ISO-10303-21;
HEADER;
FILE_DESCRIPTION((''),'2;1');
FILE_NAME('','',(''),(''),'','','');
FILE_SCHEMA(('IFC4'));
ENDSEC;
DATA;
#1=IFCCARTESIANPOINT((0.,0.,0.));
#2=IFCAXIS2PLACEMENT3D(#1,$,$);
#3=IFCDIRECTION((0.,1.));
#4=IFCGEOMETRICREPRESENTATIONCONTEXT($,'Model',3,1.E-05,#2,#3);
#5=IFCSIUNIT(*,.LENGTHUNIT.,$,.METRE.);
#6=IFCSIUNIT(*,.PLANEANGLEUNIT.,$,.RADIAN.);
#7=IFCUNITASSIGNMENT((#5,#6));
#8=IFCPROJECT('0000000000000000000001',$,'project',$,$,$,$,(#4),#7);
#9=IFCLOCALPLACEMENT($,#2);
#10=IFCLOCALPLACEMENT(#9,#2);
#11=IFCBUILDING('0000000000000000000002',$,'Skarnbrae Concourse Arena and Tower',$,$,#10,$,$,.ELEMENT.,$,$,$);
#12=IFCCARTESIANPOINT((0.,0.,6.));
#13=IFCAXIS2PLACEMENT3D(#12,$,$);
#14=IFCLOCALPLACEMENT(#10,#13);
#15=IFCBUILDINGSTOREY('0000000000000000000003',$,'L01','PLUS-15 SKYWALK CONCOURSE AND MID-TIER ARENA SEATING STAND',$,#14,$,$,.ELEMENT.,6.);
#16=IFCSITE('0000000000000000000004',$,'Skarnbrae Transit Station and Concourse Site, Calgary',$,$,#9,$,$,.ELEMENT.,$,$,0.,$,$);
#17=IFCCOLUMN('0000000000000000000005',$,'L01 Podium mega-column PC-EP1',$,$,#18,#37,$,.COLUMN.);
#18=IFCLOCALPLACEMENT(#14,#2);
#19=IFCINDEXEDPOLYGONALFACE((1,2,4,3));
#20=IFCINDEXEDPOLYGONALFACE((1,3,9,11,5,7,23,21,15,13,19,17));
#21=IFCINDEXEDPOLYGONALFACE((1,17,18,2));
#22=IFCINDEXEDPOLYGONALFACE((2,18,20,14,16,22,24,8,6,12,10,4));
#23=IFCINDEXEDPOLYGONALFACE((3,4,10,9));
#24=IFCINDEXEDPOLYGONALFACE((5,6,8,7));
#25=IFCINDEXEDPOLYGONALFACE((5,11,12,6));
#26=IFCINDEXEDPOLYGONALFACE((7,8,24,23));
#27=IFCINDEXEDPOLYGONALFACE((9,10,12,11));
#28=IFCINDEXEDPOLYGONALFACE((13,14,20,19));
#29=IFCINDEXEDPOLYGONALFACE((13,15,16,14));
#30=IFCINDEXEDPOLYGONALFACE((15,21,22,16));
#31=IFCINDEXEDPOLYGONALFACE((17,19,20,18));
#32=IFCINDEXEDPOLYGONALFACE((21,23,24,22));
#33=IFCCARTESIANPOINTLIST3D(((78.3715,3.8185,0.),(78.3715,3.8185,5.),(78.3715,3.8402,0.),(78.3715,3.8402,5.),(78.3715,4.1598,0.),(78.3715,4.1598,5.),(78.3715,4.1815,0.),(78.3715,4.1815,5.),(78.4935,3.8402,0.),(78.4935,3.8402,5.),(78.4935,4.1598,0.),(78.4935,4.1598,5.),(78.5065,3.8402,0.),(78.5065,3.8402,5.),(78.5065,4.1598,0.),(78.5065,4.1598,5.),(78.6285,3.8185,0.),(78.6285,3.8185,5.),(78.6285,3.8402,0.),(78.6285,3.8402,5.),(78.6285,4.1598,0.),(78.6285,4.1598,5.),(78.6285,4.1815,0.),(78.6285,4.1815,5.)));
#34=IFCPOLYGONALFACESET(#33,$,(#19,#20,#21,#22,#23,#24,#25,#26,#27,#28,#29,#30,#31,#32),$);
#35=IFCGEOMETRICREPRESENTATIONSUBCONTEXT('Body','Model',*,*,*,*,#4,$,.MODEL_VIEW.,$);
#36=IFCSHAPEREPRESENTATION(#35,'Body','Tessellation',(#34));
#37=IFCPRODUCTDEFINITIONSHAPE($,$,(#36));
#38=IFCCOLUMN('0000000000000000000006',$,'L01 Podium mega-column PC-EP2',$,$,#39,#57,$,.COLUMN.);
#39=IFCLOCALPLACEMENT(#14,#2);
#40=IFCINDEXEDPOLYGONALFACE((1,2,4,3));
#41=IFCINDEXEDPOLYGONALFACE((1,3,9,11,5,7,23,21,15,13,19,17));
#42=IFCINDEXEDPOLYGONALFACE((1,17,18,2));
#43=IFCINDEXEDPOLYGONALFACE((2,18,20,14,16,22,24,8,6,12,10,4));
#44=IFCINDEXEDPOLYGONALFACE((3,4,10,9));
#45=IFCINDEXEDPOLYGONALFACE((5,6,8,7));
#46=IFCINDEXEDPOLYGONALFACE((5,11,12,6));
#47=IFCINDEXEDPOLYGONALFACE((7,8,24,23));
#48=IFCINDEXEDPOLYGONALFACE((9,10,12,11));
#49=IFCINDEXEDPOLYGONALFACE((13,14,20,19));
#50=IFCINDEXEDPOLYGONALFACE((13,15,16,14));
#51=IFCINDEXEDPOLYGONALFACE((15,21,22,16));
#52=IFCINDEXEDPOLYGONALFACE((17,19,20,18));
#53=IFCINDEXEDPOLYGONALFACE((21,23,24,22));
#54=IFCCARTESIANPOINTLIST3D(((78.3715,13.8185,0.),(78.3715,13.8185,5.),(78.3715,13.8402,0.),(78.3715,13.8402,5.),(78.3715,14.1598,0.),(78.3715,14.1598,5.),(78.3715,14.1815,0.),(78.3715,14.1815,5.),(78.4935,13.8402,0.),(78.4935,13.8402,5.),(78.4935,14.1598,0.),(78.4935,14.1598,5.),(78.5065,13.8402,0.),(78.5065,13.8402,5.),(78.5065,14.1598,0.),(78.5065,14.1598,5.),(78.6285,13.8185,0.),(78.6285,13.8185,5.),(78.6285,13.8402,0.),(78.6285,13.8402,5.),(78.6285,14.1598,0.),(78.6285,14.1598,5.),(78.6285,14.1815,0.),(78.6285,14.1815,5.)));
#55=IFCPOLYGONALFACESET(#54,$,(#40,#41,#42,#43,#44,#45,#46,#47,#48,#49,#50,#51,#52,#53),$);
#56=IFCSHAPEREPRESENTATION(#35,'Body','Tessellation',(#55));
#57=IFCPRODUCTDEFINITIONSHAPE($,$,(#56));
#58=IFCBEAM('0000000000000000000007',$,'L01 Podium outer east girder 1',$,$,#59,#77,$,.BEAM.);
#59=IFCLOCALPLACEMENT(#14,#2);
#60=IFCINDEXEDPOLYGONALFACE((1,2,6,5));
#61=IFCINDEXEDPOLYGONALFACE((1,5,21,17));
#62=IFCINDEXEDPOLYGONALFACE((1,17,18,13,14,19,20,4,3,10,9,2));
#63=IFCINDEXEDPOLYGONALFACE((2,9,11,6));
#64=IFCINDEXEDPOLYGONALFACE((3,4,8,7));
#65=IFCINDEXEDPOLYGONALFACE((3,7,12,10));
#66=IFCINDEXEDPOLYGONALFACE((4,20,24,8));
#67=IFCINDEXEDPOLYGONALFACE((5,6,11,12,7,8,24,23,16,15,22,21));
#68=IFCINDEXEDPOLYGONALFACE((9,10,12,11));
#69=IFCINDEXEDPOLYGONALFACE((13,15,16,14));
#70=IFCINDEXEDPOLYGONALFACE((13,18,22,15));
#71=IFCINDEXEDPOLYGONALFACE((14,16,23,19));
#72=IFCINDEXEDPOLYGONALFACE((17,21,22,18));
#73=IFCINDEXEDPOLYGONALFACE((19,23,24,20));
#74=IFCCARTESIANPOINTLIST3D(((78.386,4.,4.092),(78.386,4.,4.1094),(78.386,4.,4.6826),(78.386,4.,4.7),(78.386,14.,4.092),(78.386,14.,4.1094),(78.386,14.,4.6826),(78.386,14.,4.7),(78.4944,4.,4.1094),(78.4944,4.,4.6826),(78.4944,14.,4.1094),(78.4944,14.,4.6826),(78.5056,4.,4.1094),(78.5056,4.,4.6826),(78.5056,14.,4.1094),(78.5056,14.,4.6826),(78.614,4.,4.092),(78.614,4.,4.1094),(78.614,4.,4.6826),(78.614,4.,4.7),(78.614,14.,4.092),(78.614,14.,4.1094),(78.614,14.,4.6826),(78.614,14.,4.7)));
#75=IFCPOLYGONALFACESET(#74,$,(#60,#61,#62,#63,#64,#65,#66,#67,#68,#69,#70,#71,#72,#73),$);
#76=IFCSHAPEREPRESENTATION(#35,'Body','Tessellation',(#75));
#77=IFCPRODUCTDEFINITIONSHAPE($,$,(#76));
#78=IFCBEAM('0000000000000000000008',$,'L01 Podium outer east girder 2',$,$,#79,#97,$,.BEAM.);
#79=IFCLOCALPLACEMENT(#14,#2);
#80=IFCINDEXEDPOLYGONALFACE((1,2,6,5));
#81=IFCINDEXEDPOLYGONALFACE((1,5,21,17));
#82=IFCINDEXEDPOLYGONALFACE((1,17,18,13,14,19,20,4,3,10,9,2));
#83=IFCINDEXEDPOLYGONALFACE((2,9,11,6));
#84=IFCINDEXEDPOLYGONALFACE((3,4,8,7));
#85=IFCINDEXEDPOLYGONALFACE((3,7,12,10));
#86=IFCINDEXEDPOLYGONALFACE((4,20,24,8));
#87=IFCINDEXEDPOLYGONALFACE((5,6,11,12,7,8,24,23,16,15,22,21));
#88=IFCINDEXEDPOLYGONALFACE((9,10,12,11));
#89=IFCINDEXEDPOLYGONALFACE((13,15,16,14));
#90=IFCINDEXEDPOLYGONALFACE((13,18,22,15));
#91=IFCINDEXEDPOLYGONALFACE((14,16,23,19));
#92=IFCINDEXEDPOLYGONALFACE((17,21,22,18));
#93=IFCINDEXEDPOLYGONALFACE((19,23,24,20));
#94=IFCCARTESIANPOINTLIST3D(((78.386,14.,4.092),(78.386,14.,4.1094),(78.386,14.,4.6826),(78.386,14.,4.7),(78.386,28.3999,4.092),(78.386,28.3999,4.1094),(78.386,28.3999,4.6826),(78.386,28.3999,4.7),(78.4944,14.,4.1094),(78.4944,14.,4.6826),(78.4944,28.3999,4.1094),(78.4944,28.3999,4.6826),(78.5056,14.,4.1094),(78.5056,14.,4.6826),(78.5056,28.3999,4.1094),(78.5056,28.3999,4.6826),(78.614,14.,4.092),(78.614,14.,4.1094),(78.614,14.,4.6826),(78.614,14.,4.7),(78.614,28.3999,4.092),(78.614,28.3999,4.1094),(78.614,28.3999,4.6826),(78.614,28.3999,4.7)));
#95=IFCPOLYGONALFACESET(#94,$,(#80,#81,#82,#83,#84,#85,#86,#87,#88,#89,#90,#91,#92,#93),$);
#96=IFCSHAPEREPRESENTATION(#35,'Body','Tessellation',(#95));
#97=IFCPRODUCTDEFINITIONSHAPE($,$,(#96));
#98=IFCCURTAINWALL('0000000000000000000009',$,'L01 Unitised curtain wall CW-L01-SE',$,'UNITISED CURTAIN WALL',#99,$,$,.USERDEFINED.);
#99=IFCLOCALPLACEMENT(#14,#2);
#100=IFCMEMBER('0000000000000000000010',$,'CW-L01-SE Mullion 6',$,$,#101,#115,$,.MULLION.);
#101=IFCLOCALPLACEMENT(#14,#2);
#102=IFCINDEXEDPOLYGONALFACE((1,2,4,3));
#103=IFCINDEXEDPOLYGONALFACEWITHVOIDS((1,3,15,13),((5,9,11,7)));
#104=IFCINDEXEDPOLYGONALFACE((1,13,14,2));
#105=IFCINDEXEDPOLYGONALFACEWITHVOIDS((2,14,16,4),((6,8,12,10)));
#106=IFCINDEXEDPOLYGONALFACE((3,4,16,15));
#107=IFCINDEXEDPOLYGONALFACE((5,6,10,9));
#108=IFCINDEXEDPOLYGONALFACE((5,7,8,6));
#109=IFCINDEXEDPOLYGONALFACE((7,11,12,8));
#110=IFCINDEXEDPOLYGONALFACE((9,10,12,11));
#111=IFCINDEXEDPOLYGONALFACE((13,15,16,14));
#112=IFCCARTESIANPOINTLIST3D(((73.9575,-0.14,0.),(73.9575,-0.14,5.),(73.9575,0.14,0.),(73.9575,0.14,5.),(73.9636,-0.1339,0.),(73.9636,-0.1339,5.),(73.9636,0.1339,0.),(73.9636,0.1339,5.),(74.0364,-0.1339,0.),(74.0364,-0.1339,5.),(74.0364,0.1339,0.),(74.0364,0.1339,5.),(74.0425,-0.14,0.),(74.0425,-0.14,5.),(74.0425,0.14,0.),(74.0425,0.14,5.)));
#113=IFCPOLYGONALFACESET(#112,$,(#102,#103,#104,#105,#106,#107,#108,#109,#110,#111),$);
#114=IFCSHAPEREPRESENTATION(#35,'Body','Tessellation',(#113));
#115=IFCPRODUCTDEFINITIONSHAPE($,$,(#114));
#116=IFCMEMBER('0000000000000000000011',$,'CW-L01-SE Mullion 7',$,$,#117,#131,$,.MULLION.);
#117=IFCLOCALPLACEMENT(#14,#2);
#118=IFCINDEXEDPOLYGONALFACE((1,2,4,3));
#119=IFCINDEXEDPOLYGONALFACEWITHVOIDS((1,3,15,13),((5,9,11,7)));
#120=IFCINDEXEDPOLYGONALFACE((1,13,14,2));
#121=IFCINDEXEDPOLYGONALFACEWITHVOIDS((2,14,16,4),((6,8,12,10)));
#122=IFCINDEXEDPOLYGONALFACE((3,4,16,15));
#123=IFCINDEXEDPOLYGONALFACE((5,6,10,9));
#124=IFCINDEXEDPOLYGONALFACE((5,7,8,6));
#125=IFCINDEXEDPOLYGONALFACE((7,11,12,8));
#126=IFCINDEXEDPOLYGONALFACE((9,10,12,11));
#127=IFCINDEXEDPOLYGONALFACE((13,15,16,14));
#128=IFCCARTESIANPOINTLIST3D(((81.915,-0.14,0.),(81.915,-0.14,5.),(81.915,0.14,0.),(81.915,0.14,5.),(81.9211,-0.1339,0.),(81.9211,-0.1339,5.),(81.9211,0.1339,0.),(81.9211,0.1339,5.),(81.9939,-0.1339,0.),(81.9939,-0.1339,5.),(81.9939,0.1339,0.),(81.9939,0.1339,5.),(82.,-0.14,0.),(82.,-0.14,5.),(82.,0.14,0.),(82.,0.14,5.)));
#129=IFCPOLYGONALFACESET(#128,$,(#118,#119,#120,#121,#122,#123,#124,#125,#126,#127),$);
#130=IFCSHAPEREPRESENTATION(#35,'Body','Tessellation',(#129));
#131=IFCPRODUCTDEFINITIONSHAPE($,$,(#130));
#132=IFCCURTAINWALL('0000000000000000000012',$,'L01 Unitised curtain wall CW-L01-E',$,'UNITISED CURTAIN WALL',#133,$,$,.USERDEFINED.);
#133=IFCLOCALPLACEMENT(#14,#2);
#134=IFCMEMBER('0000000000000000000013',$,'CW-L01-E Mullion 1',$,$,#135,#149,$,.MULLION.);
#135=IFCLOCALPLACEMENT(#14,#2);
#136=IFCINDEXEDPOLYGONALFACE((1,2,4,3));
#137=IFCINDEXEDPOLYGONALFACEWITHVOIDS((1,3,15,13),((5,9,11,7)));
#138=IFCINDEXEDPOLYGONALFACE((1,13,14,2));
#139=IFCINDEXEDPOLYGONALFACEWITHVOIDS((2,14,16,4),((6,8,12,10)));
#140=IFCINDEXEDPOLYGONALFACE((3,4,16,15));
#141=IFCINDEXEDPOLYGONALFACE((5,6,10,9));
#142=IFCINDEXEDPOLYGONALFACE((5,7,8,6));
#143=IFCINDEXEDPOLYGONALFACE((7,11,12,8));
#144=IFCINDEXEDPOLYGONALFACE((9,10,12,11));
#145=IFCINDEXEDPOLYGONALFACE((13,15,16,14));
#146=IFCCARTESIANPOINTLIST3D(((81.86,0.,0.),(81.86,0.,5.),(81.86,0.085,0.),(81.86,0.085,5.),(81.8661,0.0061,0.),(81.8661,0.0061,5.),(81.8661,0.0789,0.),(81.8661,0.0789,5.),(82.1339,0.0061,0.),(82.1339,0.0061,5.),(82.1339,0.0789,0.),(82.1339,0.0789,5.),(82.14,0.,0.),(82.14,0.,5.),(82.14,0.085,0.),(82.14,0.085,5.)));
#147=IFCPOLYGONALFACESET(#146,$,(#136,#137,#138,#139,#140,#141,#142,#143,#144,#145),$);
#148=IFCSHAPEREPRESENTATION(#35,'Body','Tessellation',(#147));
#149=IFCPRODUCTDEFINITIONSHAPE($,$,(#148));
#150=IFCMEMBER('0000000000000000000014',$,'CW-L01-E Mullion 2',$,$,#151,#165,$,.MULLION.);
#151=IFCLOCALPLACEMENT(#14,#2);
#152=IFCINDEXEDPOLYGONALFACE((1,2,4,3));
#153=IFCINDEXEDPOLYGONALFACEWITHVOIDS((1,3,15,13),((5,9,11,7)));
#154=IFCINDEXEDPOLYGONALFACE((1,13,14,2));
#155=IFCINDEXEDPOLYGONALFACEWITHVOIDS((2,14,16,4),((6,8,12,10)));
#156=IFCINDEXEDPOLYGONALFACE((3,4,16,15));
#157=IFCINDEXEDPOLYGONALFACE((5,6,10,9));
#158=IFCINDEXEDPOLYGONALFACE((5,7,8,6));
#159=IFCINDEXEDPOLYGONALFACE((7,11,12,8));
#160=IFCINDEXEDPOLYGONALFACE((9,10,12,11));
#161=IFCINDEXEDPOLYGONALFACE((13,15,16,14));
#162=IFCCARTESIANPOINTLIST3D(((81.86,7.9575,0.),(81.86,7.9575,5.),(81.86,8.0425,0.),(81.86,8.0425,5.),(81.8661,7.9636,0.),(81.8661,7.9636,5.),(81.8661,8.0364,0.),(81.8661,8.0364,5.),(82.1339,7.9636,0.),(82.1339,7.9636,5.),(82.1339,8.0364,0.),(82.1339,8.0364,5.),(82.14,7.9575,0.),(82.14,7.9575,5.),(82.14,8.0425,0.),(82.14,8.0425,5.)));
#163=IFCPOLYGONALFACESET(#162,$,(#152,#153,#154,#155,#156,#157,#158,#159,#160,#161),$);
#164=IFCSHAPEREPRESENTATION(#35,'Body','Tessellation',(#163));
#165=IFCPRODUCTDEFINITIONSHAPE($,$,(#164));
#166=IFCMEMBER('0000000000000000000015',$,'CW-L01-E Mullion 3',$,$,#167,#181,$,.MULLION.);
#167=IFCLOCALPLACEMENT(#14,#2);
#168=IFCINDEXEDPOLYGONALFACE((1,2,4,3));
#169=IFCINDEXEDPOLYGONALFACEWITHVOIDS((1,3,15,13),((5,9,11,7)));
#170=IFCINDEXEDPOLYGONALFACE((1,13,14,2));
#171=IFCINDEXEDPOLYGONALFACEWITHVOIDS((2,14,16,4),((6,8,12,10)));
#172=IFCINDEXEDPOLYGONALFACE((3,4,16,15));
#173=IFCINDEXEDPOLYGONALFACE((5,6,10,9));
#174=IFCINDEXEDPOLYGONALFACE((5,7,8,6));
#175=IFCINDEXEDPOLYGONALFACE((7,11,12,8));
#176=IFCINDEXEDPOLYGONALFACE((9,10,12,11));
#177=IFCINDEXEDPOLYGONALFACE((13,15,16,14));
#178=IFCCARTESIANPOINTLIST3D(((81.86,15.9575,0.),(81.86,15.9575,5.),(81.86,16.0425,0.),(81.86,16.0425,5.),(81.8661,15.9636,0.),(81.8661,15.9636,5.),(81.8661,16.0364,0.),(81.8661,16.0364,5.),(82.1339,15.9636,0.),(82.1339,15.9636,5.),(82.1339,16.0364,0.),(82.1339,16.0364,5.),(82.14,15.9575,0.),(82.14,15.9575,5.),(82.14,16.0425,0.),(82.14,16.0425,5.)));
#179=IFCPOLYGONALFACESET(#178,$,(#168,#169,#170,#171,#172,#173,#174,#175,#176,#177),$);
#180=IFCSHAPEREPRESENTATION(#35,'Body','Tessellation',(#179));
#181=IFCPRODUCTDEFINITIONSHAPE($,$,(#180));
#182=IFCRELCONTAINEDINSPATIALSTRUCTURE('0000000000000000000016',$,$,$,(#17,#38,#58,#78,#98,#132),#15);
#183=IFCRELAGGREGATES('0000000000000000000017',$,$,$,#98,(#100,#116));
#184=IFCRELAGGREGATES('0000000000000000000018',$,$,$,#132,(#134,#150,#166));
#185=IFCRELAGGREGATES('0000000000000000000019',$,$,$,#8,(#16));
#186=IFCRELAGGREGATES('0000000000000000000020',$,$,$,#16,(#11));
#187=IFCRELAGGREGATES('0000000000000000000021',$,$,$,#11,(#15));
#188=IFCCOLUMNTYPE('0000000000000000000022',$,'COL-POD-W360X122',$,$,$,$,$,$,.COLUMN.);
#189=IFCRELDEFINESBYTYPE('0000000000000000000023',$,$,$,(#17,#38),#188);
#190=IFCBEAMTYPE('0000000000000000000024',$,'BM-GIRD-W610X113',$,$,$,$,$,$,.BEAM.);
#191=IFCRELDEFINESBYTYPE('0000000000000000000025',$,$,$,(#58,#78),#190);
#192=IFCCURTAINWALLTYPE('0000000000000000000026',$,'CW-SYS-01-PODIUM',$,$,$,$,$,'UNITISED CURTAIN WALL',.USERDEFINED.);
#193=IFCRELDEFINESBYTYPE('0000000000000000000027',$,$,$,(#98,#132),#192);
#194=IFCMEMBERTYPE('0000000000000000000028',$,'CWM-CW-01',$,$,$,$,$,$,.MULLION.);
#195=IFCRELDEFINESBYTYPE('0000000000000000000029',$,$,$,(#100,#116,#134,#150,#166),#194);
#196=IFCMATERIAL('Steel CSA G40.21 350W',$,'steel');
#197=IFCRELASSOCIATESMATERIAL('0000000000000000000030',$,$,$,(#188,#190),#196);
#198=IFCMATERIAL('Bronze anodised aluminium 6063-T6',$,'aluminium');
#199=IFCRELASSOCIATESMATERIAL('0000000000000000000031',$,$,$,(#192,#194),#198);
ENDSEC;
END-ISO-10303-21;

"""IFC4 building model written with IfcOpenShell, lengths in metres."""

from ifc_helpers import new_model, si_unit, direction, frame, origin, origin_2d, place, context, subcontext, project, spatial, hollow_rectangle, i_section, extrude, source, transform, mapped, material, material_profile, profile_set, type_object, element, aggregate, save


model = new_model("IFC4")

# Units and contexts
model_context = context("Model", 3, precision=1e-05, world=origin(), true_north=direction((0.0, 1.0)))
body_context = subcontext(model_context, "Body", "Model", "MODEL_VIEW")
ifc_project = project(units=[si_unit("LENGTHUNIT", "METRE"), si_unit("PLANEANGLEUNIT", "RADIAN")], contexts=[model_context])

# Site, building, storey
site_placement = place(None, origin())
site = spatial("IfcSite", under=ifc_project, at=site_placement, Name="Skarnbrae Transit Station and Concourse Site, Calgary", CompositionType="ELEMENT", RefElevation=0.0)
building_placement = place(site_placement, origin())
building = spatial("IfcBuilding", under=site, at=building_placement, Name="Skarnbrae Concourse Arena and Tower", CompositionType="ELEMENT")
storey_placement = place(building_placement, frame((0.0, 0.0, 6.0)))
storey = spatial("IfcBuildingStorey", under=building, at=storey_placement, Name="L01", Description="PLUS-15 SKYWALK CONCOURSE AND MID-TIER ARENA SEATING STAND", CompositionType="ELEMENT", Elevation=6.0)

# Columns
ifc_material_1 = material(Name="Steel CSA G40.21 350W", Category="steel")
ifc_material_profile_1 = material_profile(ifc_material_1, i_section(OverallWidth=0.2571, OverallDepth=0.363, WebThickness=0.0129, FlangeThickness=0.0217, at=origin_2d()), Name="W360X122")
ifc_profile_set_1 = profile_set([ifc_material_profile_1], Name="Steel CSA G40.21 350W")
column_type = type_object("IfcColumnType", Name="COL-POD-W360X122", PredefinedType="COLUMN", material=ifc_profile_set_1)
shared_shape_1 = source(origin(), body_context, "Body", "SweptSolid", [
    extrude(i_section(OverallWidth=0.2571, OverallDepth=0.363, WebThickness=0.0129, FlangeThickness=0.0217, at=origin_2d()), origin(), (0.0, 0.0, 1.0), 5.0),
])
for number, where, z_axis, x_axis, name in (
    (1, (78.5, 4.0, 0.0), (0.0, 0.0, 1.0), (1.0, 0.0, 0.0), "L01 Podium mega-column PC-EP1"),
    (2, (78.5, 14.0, 0.0), (0.0, 0.0, 1.0), (1.0, 0.0, 0.0), "L01 Podium mega-column PC-EP2"),
):
    element("IfcColumn", number, at=place(storey_placement, frame(where, z_axis=z_axis, x_axis=x_axis)), inside=storey, type_object=column_type, Name=name, PredefinedType="COLUMN", context=body_context, shape_type="MappedRepresentation", body=[
        mapped(shared_shape_1, transform((0.0, 0.0, 0.0))),
    ])

# Beams
ifc_material_profile_2 = material_profile(ifc_material_1, i_section(OverallWidth=0.228, OverallDepth=0.6079, WebThickness=0.0112, FlangeThickness=0.0173, at=origin_2d()), Name="W610X113")
ifc_profile_set_2 = profile_set([ifc_material_profile_2], Name="Steel CSA G40.21 350W")
beam_type_1 = type_object("IfcBeamType", Name="BM-GIRD-W610X113", PredefinedType="BEAM", material=ifc_profile_set_2)
shared_shape_2 = source(origin(), body_context, "Body", "SweptSolid", [
    extrude(i_section(OverallWidth=0.228, OverallDepth=0.6079, WebThickness=0.0112, FlangeThickness=0.0173, at=origin_2d()), origin(), (0.0, 0.0, 1.0), 10.0),
])
beam_1_placement = place(storey_placement, frame((78.5, 4.0, 4.396), z_axis=(0.0, 1.0, 0.0), x_axis=(-1.0, 0.0, 0.0)))
element("IfcBeam", 3, at=beam_1_placement, inside=storey, type_object=beam_type_1, Name="L01 Podium outer east girder 1", PredefinedType="BEAM", context=body_context, shape_type="MappedRepresentation", body=[
    mapped(shared_shape_2, transform((0.0, 0.0, 0.0))),
])
shared_shape_3 = source(origin(), body_context, "Body", "SweptSolid", [
    extrude(i_section(OverallWidth=0.228, OverallDepth=0.6079, WebThickness=0.0112, FlangeThickness=0.0173, at=origin_2d()), origin(), (0.0, 0.0, 1.0), 14.3999),
])
beam_2_placement = place(storey_placement, frame((78.5, 14.0, 4.396), z_axis=(0.0, 1.0, 0.0), x_axis=(-1.0, 0.0, 0.0)))
element("IfcBeam", 4, at=beam_2_placement, inside=storey, type_object=beam_type_1, Name="L01 Podium outer east girder 2", PredefinedType="BEAM", context=body_context, shape_type="MappedRepresentation", body=[
    mapped(shared_shape_3, transform((0.0, 0.0, 0.0))),
])

# Curtain walls, members
ifc_material_2 = material(Name="Bronze anodised aluminium 6063-T6", Category="aluminium")
curtain_wall_type = type_object("IfcCurtainWallType", Name="CW-SYS-01-PODIUM", ElementType="UNITISED CURTAIN WALL", PredefinedType="USERDEFINED", material=ifc_material_2)
curtain_wall_1_placement = place(storey_placement, origin())
curtain_wall_1 = element("IfcCurtainWall", 5, at=curtain_wall_1_placement, inside=storey, type_object=curtain_wall_type, Name="L01 Unitised curtain wall CW-L01-SE", ObjectType="UNITISED CURTAIN WALL", PredefinedType="USERDEFINED")
ifc_material_profile_3 = material_profile(ifc_material_2, hollow_rectangle(XDim=0.085, YDim=0.28, WallThickness=0.0061, at=origin_2d()), Name="ALU-MULL-85X280")
ifc_profile_set_3 = profile_set([ifc_material_profile_3], Name="Bronze anodised aluminium 6063-T6")
member_type_1 = type_object("IfcMemberType", Name="CWM-CW-01", PredefinedType="MULLION", material=ifc_profile_set_3)
shared_shape_4 = source(origin(), body_context, "Body", "SweptSolid", [
    extrude(hollow_rectangle(XDim=0.085, YDim=0.28, WallThickness=0.0061, at=origin_2d()), origin(), (0.0, 0.0, 1.0), 5.0),
])
member_1_placement = place(storey_placement, frame((74.0, 0.0, 0.0), z_axis=(0.0, 0.0, 1.0), x_axis=(1.0, 0.0, 0.0)))
member_1 = element("IfcMember", 6, at=member_1_placement, type_object=member_type_1, Name="CW-L01-SE Mullion 6", PredefinedType="MULLION", context=body_context, shape_type="MappedRepresentation", body=[
    mapped(shared_shape_4, transform((0.0, 0.0, 0.0))),
])
member_2_placement = place(storey_placement, frame((81.9575, 0.0, 0.0), z_axis=(0.0, 0.0, 1.0), x_axis=(1.0, 0.0, 0.0)))
member_2 = element("IfcMember", 7, at=member_2_placement, type_object=member_type_1, Name="CW-L01-SE Mullion 7", PredefinedType="MULLION", context=body_context, shape_type="MappedRepresentation", body=[
    mapped(shared_shape_4, transform((0.0, 0.0, 0.0))),
])
curtain_wall_2_placement = place(storey_placement, origin())
curtain_wall_2 = element("IfcCurtainWall", 8, at=curtain_wall_2_placement, inside=storey, type_object=curtain_wall_type, Name="L01 Unitised curtain wall CW-L01-E", ObjectType="UNITISED CURTAIN WALL", PredefinedType="USERDEFINED")
member_3_placement = place(storey_placement, frame((82.0, 0.0425, 0.0), z_axis=(0.0, 0.0, 1.0), x_axis=(0.0, 1.0, 0.0)))
member_3 = element("IfcMember", 9, at=member_3_placement, type_object=member_type_1, Name="CW-L01-E Mullion 1", PredefinedType="MULLION", context=body_context, shape_type="MappedRepresentation", body=[
    mapped(shared_shape_4, transform((0.0, 0.0, 0.0))),
])
member_4_placement = place(storey_placement, frame((82.0, 8.0, 0.0), z_axis=(0.0, 0.0, 1.0), x_axis=(0.0, 1.0, 0.0)))
member_4 = element("IfcMember", 10, at=member_4_placement, type_object=member_type_1, Name="CW-L01-E Mullion 2", PredefinedType="MULLION", context=body_context, shape_type="MappedRepresentation", body=[
    mapped(shared_shape_4, transform((0.0, 0.0, 0.0))),
])
member_5_placement = place(storey_placement, frame((82.0, 16.0, 0.0), z_axis=(0.0, 0.0, 1.0), x_axis=(0.0, 1.0, 0.0)))
member_5 = element("IfcMember", 11, at=member_5_placement, type_object=member_type_1, Name="CW-L01-E Mullion 3", PredefinedType="MULLION", context=body_context, shape_type="MappedRepresentation", body=[
    mapped(shared_shape_4, transform((0.0, 0.0, 0.0))),
])

aggregate(curtain_wall_1, [member_1, member_2])
aggregate(curtain_wall_2, [member_3, member_4, member_5])

save(model, "model.ifc")
